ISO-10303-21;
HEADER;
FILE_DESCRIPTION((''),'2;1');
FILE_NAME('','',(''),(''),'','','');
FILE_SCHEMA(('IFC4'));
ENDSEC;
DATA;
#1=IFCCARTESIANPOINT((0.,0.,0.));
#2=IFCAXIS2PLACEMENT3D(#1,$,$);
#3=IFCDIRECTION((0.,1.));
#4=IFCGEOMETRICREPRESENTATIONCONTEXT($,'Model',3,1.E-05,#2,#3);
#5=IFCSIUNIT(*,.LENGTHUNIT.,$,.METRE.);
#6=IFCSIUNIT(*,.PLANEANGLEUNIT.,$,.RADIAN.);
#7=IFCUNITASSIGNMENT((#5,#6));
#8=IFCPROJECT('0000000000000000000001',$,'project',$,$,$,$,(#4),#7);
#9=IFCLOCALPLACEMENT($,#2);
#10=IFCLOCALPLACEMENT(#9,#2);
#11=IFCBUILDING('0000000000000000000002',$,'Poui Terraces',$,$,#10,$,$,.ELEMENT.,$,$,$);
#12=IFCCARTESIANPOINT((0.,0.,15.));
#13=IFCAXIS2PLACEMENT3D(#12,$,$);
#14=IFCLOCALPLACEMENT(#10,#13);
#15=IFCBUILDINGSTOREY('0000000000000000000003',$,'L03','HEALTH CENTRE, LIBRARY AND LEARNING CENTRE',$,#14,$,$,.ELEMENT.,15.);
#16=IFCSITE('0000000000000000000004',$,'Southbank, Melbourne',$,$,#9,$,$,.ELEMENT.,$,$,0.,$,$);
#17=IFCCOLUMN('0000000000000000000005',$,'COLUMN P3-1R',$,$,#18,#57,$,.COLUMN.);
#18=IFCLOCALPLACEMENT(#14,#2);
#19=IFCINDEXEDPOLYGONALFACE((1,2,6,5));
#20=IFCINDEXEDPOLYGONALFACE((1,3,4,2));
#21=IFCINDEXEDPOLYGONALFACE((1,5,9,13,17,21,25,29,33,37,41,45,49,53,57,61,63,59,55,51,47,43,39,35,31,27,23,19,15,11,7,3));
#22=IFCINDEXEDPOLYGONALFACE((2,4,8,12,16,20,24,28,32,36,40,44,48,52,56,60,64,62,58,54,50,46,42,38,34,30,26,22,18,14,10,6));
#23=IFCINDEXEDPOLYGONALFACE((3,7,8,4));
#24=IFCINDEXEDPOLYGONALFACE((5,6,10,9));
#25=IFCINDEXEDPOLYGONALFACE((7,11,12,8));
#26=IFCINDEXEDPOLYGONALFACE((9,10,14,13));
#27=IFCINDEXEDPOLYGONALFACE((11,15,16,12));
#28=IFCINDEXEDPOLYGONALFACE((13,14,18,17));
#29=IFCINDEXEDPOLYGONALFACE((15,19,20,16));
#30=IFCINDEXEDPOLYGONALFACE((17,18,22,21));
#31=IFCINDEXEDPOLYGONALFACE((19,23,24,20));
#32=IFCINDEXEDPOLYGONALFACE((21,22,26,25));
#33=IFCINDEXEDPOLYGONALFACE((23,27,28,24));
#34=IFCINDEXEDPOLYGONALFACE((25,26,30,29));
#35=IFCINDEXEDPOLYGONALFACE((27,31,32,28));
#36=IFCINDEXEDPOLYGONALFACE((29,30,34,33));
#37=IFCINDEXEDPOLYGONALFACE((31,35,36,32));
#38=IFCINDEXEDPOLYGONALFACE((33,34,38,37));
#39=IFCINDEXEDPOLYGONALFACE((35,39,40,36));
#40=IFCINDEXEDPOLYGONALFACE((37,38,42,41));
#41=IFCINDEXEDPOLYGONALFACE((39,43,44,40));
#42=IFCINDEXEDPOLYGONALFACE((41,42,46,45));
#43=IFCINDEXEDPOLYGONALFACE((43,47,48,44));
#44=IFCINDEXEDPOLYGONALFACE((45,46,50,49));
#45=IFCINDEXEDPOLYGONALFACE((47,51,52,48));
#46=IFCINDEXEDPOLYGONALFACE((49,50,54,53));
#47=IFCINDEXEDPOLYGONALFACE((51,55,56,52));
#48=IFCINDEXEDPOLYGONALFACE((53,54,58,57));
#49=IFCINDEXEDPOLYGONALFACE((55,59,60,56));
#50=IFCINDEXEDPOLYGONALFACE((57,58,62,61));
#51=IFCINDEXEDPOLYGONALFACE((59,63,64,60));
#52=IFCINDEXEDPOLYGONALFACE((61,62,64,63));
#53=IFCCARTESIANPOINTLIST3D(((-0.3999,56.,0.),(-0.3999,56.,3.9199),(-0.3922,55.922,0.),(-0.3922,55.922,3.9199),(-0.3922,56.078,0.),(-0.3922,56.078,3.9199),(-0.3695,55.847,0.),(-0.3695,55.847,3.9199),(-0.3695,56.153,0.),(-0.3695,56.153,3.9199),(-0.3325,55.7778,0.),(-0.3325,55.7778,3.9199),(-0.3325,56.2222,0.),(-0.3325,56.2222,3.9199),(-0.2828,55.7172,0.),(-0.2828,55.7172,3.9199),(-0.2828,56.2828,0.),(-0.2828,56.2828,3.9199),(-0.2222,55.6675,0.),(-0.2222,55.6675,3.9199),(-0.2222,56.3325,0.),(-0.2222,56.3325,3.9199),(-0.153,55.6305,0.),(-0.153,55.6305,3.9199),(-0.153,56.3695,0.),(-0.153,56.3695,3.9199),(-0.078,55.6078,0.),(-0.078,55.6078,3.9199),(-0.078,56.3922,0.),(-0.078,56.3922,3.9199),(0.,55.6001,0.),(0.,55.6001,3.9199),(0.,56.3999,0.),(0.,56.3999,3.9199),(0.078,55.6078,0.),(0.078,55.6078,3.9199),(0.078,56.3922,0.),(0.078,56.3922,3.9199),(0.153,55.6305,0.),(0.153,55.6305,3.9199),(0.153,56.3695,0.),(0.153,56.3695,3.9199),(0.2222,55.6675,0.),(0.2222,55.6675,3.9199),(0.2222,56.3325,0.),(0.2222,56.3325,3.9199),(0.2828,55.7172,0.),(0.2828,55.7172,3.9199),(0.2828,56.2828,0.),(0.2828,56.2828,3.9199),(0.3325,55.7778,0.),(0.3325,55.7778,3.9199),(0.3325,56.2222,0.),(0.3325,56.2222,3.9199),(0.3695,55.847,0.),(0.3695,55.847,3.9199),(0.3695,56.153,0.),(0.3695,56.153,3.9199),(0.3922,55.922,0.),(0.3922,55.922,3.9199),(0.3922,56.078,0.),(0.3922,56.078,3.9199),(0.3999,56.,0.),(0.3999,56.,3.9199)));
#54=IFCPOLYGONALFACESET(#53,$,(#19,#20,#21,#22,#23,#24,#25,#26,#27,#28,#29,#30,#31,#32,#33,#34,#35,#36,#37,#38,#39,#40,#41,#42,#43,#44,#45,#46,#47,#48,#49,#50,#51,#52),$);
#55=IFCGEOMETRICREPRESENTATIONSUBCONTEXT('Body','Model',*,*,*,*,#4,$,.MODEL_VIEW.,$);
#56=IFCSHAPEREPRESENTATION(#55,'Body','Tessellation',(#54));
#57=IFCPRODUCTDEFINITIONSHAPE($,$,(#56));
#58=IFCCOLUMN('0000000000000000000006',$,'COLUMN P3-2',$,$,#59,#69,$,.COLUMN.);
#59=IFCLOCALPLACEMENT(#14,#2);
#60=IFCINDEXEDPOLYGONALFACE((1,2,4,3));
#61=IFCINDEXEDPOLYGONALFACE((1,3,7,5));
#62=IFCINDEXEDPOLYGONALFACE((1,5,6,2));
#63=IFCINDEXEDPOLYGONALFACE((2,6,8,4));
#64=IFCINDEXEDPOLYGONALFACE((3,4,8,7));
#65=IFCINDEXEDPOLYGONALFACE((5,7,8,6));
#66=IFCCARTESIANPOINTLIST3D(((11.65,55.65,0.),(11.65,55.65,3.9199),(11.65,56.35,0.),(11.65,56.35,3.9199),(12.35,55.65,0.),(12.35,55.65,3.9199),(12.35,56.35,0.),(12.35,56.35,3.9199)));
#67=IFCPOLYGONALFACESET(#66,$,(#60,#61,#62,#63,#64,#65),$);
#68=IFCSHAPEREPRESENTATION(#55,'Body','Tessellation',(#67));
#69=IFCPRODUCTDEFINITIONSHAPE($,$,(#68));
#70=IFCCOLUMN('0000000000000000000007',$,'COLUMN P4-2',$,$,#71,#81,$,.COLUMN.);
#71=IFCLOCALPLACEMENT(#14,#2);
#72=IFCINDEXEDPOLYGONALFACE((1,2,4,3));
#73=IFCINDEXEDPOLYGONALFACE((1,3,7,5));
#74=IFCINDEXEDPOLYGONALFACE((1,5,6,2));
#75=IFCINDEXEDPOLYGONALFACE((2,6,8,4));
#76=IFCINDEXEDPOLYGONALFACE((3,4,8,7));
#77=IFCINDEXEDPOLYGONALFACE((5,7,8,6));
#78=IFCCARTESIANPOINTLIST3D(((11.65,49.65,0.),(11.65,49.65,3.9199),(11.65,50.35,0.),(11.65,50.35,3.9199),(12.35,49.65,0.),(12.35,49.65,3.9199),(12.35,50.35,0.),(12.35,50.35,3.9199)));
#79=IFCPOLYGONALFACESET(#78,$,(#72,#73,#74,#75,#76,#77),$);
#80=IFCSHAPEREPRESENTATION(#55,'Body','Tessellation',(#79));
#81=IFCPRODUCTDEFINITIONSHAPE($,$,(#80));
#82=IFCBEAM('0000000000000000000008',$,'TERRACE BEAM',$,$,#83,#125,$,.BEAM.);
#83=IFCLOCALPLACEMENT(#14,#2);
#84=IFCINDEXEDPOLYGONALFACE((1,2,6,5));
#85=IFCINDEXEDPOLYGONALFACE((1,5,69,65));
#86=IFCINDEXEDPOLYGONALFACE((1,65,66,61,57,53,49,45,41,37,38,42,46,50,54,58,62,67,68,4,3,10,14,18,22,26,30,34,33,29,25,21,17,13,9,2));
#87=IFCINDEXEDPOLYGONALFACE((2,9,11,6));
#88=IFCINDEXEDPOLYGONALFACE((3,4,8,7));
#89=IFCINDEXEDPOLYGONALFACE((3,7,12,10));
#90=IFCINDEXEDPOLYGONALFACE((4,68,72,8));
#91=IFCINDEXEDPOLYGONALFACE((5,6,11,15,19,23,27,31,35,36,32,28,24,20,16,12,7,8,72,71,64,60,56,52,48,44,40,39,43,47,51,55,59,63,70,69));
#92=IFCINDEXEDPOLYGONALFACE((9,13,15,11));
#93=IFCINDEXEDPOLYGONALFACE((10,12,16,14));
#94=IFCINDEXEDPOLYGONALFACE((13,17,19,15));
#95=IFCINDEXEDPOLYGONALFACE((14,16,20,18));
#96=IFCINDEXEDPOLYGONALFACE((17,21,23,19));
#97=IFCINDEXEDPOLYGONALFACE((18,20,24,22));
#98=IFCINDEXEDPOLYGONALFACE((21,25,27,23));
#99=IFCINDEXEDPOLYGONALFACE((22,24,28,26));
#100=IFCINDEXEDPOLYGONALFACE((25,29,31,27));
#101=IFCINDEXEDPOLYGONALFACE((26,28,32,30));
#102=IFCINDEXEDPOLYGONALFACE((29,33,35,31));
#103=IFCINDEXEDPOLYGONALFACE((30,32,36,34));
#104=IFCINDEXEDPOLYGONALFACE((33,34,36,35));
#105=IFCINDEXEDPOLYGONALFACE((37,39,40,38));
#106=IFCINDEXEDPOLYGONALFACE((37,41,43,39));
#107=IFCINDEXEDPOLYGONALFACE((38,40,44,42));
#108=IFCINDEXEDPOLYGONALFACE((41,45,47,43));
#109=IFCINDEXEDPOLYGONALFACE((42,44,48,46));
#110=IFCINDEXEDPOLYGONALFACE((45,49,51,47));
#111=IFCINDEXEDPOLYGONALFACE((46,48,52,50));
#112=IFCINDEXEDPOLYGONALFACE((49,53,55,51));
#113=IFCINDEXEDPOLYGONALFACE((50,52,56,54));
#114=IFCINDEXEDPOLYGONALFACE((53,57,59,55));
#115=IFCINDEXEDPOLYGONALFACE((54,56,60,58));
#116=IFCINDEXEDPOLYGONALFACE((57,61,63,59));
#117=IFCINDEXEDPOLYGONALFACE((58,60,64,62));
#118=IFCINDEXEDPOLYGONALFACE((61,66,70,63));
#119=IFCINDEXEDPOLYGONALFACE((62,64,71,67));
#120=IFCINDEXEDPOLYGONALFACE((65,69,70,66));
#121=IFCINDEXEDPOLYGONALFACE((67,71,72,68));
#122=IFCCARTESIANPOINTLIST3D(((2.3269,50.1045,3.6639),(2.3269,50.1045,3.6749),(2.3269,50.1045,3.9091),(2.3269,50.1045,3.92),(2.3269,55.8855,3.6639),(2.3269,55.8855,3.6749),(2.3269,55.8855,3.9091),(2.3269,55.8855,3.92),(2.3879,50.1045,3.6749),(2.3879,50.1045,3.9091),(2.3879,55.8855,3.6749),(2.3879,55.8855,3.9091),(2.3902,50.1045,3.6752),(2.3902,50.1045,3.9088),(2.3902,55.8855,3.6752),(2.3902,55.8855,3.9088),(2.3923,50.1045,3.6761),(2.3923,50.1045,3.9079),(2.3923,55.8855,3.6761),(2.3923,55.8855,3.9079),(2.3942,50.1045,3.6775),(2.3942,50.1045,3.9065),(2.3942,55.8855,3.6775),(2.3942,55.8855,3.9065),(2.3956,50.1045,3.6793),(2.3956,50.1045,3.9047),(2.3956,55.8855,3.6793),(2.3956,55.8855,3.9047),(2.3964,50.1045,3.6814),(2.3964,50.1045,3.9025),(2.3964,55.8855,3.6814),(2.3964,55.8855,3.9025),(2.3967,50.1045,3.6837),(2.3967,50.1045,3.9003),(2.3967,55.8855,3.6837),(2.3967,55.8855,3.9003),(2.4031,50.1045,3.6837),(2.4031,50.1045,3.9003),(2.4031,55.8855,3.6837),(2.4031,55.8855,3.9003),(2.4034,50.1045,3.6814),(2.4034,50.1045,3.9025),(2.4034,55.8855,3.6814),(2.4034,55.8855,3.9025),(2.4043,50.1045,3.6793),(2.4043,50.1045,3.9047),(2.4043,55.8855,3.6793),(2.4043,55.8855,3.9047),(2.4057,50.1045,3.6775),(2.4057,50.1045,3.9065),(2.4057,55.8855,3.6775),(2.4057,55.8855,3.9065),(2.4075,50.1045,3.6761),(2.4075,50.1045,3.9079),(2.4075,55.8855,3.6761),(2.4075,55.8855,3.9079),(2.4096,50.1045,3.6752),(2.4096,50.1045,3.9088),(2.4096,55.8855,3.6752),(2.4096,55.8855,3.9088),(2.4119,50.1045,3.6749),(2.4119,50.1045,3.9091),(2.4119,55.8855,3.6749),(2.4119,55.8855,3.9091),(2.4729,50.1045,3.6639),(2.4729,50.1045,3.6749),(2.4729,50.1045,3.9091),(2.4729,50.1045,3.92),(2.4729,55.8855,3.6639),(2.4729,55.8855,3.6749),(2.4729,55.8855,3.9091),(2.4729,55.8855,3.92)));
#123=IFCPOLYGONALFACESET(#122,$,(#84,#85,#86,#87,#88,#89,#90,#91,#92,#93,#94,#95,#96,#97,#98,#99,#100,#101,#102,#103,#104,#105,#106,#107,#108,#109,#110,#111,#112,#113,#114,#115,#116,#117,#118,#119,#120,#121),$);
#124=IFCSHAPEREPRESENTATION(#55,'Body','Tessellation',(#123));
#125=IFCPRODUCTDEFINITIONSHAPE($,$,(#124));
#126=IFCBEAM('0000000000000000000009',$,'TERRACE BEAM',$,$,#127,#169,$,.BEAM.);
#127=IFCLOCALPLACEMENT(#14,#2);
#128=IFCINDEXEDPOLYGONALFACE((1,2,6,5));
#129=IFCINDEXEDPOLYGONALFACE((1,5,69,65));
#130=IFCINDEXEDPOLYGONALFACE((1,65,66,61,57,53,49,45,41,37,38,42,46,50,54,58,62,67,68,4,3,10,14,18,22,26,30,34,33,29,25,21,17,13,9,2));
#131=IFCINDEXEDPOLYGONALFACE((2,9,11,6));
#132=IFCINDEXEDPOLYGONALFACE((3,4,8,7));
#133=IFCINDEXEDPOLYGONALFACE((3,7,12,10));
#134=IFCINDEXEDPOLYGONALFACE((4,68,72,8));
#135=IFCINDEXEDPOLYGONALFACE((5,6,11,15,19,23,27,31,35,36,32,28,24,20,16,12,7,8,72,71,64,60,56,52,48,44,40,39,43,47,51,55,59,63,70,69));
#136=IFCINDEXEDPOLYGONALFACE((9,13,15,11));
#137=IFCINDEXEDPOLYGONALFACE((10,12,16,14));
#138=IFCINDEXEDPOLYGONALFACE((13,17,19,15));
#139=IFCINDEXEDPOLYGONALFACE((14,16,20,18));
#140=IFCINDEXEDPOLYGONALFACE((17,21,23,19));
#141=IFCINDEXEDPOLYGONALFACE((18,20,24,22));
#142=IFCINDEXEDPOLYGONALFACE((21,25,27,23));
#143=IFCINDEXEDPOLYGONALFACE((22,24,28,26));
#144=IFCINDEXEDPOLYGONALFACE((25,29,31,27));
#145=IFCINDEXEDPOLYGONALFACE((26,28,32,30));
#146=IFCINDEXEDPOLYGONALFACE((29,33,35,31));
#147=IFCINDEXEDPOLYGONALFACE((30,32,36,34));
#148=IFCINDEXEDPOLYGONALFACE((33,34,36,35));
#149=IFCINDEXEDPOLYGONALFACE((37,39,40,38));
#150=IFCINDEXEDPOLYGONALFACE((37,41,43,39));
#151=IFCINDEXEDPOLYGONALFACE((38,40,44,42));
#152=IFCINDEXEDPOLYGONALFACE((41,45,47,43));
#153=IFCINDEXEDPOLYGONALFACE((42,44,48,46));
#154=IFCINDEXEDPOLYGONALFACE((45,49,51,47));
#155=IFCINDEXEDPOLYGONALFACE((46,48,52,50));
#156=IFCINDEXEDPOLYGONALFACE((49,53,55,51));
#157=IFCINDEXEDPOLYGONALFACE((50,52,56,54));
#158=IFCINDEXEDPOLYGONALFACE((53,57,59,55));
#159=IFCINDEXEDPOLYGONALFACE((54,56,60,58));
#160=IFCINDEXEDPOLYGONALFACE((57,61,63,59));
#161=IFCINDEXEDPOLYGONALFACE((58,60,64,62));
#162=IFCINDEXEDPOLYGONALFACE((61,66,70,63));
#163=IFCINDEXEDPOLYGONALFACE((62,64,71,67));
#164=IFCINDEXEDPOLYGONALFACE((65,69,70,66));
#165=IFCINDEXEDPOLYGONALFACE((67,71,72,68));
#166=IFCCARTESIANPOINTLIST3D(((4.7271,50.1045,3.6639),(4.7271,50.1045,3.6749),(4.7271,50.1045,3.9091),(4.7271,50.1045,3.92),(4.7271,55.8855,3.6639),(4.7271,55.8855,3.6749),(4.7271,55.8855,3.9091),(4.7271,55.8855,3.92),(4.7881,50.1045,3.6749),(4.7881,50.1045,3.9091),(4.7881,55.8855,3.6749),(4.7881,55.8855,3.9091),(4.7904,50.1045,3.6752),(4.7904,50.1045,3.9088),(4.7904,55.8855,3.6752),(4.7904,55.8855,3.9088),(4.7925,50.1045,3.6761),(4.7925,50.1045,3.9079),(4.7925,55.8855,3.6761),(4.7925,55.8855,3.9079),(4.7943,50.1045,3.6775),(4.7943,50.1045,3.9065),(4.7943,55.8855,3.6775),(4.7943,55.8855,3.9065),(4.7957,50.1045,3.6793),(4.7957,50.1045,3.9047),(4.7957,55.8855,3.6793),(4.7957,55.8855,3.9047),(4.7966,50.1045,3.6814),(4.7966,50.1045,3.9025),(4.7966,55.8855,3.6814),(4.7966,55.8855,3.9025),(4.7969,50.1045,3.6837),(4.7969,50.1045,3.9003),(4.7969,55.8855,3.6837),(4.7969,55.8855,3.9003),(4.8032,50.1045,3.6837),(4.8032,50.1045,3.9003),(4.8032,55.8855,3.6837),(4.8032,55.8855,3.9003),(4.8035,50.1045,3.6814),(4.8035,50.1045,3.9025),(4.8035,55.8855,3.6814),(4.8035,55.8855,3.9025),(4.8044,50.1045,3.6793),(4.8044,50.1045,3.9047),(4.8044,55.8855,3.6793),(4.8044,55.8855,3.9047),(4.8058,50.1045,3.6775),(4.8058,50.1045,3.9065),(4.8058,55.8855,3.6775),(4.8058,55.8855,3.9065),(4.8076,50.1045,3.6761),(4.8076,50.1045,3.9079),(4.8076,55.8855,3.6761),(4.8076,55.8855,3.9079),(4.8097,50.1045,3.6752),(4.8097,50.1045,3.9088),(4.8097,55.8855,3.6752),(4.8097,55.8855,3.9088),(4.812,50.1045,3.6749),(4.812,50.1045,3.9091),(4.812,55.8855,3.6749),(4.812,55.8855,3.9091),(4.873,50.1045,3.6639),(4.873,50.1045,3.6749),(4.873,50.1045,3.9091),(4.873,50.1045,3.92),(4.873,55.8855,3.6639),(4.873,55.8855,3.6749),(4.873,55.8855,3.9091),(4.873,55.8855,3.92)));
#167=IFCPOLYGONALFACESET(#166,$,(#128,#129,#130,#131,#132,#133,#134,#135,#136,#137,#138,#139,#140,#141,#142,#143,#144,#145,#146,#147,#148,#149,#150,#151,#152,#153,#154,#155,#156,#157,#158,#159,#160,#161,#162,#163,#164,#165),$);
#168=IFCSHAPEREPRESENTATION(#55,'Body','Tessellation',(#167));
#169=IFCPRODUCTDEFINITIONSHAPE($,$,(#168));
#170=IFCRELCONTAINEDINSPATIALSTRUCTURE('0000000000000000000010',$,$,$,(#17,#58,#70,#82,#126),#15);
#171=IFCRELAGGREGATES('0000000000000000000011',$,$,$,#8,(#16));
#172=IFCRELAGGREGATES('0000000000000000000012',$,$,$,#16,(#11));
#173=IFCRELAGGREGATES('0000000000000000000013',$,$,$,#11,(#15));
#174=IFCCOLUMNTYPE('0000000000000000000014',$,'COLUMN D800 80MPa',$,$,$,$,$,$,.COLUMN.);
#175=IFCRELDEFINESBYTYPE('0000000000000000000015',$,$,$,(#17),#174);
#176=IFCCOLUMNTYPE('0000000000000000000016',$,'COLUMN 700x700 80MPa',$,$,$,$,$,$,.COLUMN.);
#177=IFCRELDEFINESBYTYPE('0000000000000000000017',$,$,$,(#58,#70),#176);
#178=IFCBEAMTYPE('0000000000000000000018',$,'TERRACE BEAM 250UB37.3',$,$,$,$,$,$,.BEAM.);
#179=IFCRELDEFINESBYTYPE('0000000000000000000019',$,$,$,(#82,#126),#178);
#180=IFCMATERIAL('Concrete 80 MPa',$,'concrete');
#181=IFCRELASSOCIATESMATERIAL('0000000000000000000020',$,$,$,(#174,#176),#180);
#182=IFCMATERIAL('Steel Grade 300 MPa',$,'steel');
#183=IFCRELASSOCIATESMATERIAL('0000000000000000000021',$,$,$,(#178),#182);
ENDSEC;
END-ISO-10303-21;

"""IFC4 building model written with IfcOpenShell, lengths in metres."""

from ifc_helpers import new_model, si_unit, direction, frame, origin, origin_2d, place, context, subcontext, project, spatial, rectangle, circle, i_section, extrude, source, transform, mapped, material, material_profile, profile_set, type_object, element, save


model = new_model("IFC4")

# Units and contexts
model_context = context("Model", 3, precision=1e-05, world=origin(), true_north=direction((0.0, 1.0)))
body_context = subcontext(model_context, "Body", "Model", "MODEL_VIEW")
ifc_project = project(units=[si_unit("LENGTHUNIT", "METRE"), si_unit("PLANEANGLEUNIT", "RADIAN")], contexts=[model_context])

# Site, building, storey
site_placement = place(None, origin())
site = spatial("IfcSite", under=ifc_project, at=site_placement, Name="Southbank, Melbourne", CompositionType="ELEMENT", RefElevation=0.0)
building_placement = place(site_placement, origin())
building = spatial("IfcBuilding", under=site, at=building_placement, Name="Poui Terraces", CompositionType="ELEMENT")
storey_placement = place(building_placement, frame((0.0, 0.0, 15.0)))
storey = spatial("IfcBuildingStorey", under=building, at=storey_placement, Name="L03", Description="HEALTH CENTRE, LIBRARY AND LEARNING CENTRE", CompositionType="ELEMENT", Elevation=15.0)

# Columns
ifc_material_1 = material(Name="Concrete 80 MPa", Category="concrete")
ifc_material_profile_1 = material_profile(ifc_material_1, circle(Radius=0.3999, at=origin_2d()), Name="RC D800")
ifc_profile_set_1 = profile_set([ifc_material_profile_1], Name="Concrete 80 MPa")
column_type_1 = type_object("IfcColumnType", Name="COLUMN D800 80MPa", PredefinedType="COLUMN", material=ifc_profile_set_1)
shared_shape_1 = source(origin(), body_context, "Body", "SweptSolid", [
    extrude(circle(Radius=0.3999, at=origin_2d()), origin(), (0.0, 0.0, 1.0), 3.9199),
])
column_placement = place(storey_placement, frame((0.0, 56.0, 0.0), z_axis=(0.0, 0.0, 1.0), x_axis=(1.0, 0.0, 0.0)))
element("IfcColumn", 1, at=column_placement, inside=storey, type_object=column_type_1, Name="COLUMN P3-1R", PredefinedType="COLUMN", context=body_context, shape_type="MappedRepresentation", body=[
    mapped(shared_shape_1, transform((0.0, 0.0, 0.0))),
])
ifc_material_profile_2 = material_profile(ifc_material_1, rectangle(XDim=0.7, YDim=0.7, at=origin_2d()), Name="RC 700x700")
ifc_profile_set_2 = profile_set([ifc_material_profile_2], Name="Concrete 80 MPa")
column_type_2 = type_object("IfcColumnType", Name="COLUMN 700x700 80MPa", PredefinedType="COLUMN", material=ifc_profile_set_2)
shared_shape_2 = source(origin(), body_context, "Body", "SweptSolid", [
    extrude(rectangle(XDim=0.7, YDim=0.7, at=origin_2d()), origin(), (0.0, 0.0, 1.0), 3.9199),
])
for number, where, z_axis, x_axis, name in (
    (2, (12.0, 56.0, 0.0), (0.0, 0.0, 1.0), (1.0, 0.0, 0.0), "COLUMN P3-2"),
    (3, (12.0, 50.0, 0.0), (0.0, 0.0, 1.0), (1.0, 0.0, 0.0), "COLUMN P4-2"),
):
    element("IfcColumn", number, at=place(storey_placement, frame(where, z_axis=z_axis, x_axis=x_axis)), inside=storey, type_object=column_type_2, Name=name, PredefinedType="COLUMN", context=body_context, shape_type="MappedRepresentation", body=[
        mapped(shared_shape_2, transform((0.0, 0.0, 0.0))),
    ])

# Beams
ifc_material_2 = material(Name="Steel Grade 300 MPa", Category="steel")
ifc_material_profile_3 = material_profile(ifc_material_2, i_section(OverallWidth=0.146, OverallDepth=0.2561, WebThickness=0.0063, FlangeThickness=0.011, FilletRadius=0.0088, at=origin_2d()), Name="250UB37.3")
ifc_profile_set_3 = profile_set([ifc_material_profile_3], Name="Steel Grade 300 MPa")
beam_type_1 = type_object("IfcBeamType", Name="TERRACE BEAM 250UB37.3", PredefinedType="BEAM", material=ifc_profile_set_3)
shared_shape_3 = source(origin(), body_context, "Body", "SweptSolid", [
    extrude(i_section(OverallWidth=0.146, OverallDepth=0.2561, WebThickness=0.0063, FlangeThickness=0.011, FilletRadius=0.0088, at=origin_2d()), origin(), (0.0, 0.0, 1.0), 5.781),
])
for number, where, z_axis, x_axis, name in (
    (4, (2.3999, 50.1045, 3.792), (0.0, 1.0, 0.0), (-1.0, 0.0, 0.0), "TERRACE BEAM"),
    (5, (4.8, 50.1045, 3.792), (0.0, 1.0, 0.0), (-1.0, 0.0, 0.0), "TERRACE BEAM"),
):
    element("IfcBeam", number, at=place(storey_placement, frame(where, z_axis=z_axis, x_axis=x_axis)), inside=storey, type_object=beam_type_1, Name=name, PredefinedType="BEAM", context=body_context, shape_type="MappedRepresentation", body=[
        mapped(shared_shape_3, transform((0.0, 0.0, 0.0))),
    ])

save(model, "model.ifc")
